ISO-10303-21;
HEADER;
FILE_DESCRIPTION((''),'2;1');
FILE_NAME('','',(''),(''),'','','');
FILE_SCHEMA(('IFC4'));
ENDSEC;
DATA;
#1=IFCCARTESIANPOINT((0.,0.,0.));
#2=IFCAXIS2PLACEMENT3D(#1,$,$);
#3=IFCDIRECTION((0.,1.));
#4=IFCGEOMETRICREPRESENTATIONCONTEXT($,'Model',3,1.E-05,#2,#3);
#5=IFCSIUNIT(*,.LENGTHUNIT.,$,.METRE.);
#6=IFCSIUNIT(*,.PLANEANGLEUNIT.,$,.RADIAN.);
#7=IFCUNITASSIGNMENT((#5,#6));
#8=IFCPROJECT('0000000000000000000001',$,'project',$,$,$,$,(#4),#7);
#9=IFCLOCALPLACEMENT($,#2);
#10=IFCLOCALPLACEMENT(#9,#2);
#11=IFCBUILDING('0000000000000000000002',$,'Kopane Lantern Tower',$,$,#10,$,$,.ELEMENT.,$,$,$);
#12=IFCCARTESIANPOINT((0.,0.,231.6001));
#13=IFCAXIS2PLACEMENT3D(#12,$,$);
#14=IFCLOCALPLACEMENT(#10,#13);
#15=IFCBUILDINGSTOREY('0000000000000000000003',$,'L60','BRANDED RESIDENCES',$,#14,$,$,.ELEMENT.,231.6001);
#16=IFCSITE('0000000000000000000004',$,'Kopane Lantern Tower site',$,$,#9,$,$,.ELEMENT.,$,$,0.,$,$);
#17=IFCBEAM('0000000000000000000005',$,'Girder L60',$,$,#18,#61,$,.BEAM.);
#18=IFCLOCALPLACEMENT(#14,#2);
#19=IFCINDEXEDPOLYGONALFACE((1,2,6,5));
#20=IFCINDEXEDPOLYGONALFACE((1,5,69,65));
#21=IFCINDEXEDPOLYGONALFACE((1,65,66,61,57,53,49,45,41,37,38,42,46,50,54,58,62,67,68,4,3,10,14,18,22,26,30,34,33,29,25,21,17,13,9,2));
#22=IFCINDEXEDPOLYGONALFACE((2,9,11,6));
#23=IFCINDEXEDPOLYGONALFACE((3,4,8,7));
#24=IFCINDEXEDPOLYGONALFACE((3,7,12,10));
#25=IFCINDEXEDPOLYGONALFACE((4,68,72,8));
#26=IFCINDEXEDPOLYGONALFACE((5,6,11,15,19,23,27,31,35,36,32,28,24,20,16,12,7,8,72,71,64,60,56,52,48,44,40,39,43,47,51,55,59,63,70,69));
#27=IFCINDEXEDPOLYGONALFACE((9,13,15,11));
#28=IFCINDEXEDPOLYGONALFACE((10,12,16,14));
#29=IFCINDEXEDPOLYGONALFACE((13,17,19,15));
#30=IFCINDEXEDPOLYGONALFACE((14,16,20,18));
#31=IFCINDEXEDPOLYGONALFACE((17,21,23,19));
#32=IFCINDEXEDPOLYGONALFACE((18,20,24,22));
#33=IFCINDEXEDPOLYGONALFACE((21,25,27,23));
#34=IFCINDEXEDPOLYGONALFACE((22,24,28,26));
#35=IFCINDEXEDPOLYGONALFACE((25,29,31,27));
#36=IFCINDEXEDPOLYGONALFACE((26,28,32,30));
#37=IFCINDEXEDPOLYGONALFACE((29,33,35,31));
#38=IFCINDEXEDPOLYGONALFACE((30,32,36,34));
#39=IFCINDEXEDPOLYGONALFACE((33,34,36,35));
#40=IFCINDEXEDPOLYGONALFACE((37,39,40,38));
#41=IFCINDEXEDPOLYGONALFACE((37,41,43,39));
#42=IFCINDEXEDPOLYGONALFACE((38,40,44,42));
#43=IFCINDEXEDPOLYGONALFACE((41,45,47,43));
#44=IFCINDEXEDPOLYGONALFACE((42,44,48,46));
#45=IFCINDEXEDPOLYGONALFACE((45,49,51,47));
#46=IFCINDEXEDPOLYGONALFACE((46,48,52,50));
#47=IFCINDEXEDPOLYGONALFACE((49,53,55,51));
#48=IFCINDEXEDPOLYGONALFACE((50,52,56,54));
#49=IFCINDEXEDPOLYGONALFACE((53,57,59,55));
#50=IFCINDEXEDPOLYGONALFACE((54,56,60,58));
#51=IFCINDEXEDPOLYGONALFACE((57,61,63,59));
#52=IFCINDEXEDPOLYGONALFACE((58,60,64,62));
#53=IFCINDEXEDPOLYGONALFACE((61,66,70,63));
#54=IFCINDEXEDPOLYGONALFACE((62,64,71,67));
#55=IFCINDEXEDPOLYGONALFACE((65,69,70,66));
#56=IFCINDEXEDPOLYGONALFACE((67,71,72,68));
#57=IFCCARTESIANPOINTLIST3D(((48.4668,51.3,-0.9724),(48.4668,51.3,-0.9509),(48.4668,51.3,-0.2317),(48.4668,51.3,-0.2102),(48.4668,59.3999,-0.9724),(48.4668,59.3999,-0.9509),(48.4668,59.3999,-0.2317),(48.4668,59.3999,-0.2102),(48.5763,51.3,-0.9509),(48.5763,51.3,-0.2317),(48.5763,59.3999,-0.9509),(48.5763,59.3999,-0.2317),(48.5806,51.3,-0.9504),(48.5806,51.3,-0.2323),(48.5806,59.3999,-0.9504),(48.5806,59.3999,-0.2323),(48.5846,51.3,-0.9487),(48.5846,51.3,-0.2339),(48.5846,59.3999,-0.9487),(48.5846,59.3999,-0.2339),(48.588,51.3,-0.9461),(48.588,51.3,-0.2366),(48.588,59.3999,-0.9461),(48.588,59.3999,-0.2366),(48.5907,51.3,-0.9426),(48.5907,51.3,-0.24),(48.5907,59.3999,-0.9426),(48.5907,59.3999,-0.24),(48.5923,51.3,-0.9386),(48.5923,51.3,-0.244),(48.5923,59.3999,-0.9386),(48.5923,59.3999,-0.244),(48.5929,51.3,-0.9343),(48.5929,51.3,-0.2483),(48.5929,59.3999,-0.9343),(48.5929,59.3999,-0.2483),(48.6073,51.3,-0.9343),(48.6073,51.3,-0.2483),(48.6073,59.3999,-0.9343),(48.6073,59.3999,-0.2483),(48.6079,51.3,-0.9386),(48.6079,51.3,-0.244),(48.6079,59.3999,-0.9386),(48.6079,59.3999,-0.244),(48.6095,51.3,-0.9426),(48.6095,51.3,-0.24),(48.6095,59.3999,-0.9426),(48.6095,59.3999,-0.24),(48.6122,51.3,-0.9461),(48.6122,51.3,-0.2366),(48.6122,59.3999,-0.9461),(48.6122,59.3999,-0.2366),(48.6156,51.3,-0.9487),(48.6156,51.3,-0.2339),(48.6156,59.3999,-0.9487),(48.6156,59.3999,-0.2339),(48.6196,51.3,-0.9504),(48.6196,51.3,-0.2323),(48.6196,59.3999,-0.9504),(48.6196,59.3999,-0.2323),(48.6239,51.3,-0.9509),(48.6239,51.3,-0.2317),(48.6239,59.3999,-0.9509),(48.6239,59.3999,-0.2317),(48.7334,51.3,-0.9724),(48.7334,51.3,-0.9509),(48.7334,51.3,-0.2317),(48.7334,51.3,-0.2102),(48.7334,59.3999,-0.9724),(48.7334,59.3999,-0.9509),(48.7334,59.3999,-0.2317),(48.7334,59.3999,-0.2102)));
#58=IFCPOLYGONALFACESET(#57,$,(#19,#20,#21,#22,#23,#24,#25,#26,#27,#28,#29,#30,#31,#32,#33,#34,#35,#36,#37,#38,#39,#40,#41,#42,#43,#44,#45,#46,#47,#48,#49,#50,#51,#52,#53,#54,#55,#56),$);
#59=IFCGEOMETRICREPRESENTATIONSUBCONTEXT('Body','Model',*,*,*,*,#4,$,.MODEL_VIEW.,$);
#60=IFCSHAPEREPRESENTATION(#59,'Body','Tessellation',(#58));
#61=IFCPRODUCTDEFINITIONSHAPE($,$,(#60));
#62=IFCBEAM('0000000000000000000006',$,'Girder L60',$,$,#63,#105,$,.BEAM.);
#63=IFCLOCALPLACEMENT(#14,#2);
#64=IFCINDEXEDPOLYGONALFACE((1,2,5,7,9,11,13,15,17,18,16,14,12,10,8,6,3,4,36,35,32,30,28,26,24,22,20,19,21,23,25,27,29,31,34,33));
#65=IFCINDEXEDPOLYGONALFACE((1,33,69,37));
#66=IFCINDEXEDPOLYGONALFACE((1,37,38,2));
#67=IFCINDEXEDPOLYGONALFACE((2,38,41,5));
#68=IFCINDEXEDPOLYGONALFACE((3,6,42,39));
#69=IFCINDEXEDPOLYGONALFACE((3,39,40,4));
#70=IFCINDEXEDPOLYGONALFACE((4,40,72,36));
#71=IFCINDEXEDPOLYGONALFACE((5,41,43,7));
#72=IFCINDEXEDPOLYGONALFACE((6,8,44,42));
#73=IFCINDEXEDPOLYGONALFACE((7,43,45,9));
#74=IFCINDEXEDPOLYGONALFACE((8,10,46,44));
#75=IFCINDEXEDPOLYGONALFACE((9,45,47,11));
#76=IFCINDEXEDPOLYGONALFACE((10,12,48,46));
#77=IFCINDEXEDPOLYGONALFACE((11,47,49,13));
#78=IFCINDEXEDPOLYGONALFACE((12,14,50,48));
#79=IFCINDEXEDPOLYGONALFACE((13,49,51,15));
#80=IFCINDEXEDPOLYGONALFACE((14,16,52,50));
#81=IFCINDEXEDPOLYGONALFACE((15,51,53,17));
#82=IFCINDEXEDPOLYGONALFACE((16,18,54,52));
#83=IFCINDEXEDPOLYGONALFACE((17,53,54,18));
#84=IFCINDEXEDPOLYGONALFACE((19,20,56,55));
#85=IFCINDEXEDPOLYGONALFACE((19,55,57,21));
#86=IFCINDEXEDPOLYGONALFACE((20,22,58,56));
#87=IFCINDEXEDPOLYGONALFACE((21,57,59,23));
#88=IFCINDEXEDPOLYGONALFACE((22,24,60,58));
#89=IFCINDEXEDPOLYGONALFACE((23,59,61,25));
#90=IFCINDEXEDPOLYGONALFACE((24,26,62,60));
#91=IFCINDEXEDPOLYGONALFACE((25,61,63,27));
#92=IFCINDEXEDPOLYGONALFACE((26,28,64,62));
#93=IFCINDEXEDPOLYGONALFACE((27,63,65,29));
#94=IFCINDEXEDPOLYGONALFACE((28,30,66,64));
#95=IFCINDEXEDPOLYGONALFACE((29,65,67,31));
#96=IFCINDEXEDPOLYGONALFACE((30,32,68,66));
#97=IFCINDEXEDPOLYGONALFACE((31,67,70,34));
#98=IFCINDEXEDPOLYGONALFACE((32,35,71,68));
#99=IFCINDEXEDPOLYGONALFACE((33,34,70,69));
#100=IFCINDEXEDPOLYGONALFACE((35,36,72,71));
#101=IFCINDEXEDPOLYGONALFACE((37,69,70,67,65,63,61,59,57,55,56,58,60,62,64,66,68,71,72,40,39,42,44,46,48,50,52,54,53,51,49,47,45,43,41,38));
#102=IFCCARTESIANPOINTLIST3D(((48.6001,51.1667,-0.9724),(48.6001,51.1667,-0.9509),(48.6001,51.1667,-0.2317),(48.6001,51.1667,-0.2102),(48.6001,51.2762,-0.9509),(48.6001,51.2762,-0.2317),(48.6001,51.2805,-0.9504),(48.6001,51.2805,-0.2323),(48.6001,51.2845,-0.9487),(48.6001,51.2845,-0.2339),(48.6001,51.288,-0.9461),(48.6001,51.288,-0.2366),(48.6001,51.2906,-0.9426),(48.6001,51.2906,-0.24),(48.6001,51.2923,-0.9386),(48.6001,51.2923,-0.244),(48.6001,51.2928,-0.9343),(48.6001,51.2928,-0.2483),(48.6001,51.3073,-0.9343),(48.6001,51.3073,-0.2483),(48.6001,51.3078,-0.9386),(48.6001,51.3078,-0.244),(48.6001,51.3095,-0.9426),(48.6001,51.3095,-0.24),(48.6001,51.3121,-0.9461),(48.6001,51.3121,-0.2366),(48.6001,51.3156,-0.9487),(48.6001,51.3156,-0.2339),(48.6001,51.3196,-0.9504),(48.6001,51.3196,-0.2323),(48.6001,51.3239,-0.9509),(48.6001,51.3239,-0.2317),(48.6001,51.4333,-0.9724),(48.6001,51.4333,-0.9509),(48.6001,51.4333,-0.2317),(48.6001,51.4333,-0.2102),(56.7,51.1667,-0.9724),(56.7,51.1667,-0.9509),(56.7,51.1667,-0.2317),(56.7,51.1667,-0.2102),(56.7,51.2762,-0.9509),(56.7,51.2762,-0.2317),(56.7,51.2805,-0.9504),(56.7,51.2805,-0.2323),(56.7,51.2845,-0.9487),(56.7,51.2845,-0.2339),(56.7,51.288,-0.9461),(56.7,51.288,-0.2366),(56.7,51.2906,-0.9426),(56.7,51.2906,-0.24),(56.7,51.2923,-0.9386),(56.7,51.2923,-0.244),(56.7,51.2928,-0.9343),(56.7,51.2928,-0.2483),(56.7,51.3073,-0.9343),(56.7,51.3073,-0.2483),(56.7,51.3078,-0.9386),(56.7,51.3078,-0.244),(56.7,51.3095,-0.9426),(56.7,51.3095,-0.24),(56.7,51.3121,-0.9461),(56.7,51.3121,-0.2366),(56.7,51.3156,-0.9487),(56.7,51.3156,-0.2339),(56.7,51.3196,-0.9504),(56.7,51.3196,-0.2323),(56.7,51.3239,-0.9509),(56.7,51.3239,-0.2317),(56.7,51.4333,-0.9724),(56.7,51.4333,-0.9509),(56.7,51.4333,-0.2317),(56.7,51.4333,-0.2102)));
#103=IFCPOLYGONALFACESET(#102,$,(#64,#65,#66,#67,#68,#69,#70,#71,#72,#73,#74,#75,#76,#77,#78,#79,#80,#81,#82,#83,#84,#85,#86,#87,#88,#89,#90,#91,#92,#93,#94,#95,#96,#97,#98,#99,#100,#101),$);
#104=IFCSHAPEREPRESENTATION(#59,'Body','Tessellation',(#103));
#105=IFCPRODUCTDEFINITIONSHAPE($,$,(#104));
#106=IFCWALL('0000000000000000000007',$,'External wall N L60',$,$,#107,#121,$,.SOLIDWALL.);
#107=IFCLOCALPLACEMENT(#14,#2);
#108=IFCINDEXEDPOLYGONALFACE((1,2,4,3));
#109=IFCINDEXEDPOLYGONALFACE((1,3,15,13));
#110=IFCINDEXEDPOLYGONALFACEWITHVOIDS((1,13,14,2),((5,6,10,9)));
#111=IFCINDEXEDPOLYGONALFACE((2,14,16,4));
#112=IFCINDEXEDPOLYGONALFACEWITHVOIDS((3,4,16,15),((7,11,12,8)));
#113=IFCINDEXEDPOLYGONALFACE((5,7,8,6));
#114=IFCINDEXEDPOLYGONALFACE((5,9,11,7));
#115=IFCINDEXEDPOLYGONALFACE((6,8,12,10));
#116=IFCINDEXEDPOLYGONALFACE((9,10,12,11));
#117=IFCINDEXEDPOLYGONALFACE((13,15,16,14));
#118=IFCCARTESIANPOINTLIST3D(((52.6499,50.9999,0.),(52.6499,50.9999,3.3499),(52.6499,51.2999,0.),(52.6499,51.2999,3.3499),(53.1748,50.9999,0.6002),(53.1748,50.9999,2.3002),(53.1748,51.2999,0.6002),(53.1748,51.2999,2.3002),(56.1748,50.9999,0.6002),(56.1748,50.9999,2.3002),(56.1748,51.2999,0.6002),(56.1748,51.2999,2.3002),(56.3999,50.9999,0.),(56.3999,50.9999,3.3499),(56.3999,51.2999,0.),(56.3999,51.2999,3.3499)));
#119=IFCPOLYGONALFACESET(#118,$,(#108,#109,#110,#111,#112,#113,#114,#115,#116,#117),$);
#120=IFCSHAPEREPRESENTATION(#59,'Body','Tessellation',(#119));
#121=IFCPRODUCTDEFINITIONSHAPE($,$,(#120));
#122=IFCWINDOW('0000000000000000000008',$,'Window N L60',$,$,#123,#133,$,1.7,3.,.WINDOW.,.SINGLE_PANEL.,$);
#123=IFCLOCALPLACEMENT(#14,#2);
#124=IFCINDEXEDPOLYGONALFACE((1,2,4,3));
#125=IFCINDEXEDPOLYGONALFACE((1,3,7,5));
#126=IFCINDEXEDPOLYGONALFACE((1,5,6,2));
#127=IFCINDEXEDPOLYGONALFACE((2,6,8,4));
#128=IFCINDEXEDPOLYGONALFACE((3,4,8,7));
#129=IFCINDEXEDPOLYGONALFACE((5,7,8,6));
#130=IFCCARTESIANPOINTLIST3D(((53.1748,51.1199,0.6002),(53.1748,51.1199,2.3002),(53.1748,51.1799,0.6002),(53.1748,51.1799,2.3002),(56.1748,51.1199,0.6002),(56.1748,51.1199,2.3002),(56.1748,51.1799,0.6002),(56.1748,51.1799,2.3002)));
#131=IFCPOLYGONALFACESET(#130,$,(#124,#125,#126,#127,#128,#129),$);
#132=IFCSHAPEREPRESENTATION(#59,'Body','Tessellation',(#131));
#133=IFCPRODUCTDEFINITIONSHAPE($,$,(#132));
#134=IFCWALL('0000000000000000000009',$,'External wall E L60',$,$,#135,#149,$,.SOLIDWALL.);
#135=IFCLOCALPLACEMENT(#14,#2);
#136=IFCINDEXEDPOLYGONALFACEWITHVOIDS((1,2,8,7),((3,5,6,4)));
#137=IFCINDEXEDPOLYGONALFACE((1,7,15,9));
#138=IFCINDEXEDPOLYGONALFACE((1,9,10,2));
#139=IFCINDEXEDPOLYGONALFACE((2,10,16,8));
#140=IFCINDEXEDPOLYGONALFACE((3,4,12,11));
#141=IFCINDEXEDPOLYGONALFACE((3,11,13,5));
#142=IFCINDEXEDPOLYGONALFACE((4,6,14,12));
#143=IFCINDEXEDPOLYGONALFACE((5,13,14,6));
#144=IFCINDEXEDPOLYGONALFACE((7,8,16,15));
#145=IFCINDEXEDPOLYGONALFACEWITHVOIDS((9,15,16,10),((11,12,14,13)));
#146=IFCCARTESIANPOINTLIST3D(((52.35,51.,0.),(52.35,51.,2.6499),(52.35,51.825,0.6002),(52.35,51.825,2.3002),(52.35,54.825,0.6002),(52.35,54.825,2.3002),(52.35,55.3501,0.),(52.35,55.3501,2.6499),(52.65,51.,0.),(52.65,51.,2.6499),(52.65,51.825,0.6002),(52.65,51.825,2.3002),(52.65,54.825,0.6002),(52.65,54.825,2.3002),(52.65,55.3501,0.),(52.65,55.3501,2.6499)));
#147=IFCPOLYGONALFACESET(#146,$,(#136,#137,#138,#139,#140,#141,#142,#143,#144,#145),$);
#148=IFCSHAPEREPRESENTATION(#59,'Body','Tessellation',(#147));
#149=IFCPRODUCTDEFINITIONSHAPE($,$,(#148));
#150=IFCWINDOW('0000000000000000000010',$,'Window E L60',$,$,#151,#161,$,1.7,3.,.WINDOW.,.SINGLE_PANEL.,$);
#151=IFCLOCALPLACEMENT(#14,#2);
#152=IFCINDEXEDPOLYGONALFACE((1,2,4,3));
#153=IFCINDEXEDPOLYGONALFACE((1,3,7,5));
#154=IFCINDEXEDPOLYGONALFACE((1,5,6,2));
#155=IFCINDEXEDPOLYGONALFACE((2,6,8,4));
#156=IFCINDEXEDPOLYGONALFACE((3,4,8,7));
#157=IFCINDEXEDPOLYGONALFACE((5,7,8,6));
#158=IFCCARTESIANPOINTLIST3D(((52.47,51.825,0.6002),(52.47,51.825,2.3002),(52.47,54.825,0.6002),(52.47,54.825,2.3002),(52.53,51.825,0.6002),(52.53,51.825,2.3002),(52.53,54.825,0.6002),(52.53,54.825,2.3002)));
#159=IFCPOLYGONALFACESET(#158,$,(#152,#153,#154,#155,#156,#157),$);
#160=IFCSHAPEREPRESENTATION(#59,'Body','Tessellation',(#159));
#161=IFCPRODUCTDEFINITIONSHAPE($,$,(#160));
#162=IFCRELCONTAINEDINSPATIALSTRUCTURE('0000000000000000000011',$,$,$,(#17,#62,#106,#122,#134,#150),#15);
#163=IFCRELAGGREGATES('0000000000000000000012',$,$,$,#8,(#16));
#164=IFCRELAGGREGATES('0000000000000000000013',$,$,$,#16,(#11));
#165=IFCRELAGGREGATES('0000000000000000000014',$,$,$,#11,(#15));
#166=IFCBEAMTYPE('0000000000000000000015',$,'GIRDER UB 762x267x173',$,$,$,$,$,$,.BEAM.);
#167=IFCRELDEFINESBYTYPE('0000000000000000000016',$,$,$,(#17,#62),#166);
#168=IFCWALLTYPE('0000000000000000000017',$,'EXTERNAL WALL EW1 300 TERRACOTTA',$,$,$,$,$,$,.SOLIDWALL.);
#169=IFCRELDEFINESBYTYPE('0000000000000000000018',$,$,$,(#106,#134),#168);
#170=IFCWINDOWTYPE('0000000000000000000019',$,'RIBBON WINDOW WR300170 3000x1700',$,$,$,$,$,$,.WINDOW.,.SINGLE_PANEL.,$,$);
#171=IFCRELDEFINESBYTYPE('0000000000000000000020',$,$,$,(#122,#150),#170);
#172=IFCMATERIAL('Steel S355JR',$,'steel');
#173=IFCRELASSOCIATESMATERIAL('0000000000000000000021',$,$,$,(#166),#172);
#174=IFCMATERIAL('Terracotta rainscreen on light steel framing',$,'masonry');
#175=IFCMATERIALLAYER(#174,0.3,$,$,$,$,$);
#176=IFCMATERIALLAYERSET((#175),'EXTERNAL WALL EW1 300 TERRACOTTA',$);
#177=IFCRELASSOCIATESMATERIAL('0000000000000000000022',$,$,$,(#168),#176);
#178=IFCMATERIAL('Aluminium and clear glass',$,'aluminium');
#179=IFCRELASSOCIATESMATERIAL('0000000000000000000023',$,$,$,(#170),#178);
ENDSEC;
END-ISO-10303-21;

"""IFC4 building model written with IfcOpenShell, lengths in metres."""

from ifc_helpers import new_model, si_unit, direction, frame, frame_2d, origin, origin_2d, place, context, subcontext, project, spatial, rectangle, i_section, extrude, material, layer, layer_set, material_profile, profile_set, type_object, element, fill, save


model = new_model("IFC4")

# Units and contexts
model_context = context("Model", 3, precision=1e-05, world=origin(), true_north=direction((0.0, 1.0)))
body_context = subcontext(model_context, "Body", "Model", "MODEL_VIEW")
ifc_project = project(units=[si_unit("LENGTHUNIT", "METRE"), si_unit("PLANEANGLEUNIT", "RADIAN")], contexts=[model_context])

# Site, building, storey
site_placement = place(None, origin())
site = spatial("IfcSite", under=ifc_project, at=site_placement, Name="Kopane Lantern Tower site", CompositionType="ELEMENT", RefElevation=0.0)
building_placement = place(site_placement, origin())
building = spatial("IfcBuilding", under=site, at=building_placement, Name="Kopane Lantern Tower", CompositionType="ELEMENT")
storey_placement = place(building_placement, frame((0.0, 0.0, 231.6001)))
storey = spatial("IfcBuildingStorey", under=building, at=storey_placement, Name="L60", Description="BRANDED RESIDENCES", CompositionType="ELEMENT", Elevation=231.6001)

# Beams
ifc_material_1 = material(Name="Steel S355JR", Category="steel")
ifc_material_profile_1 = material_profile(ifc_material_1, i_section(OverallWidth=0.2666, OverallDepth=0.7622, WebThickness=0.0144, FlangeThickness=0.0215, FilletRadius=0.0166, at=origin_2d()), Name="UB 762x267x173")
ifc_profile_set_1 = profile_set([ifc_material_profile_1], Name="Steel S355JR")
beam_type_1 = type_object("IfcBeamType", Name="GIRDER UB 762x267x173", PredefinedType="BEAM", material=ifc_profile_set_1)
for number, where, z_axis, x_axis, name in (
    (1, (48.6001, 51.3, -0.5913), (0.0, 1.0, 0.0), (-1.0, 0.0, 0.0), "Girder L60"),
    (2, (48.6001, 51.3, -0.5913), (1.0, 0.0, 0.0), (0.0, 1.0, 0.0), "Girder L60"),
):
    element("IfcBeam", number, at=place(storey_placement, frame(where, z_axis=z_axis, x_axis=x_axis)), inside=storey, type_object=beam_type_1, Name=name, PredefinedType="BEAM", context=body_context, shape_type="SweptSolid", body=[
        extrude(i_section(OverallWidth=0.2666, OverallDepth=0.7622, WebThickness=0.0144, FlangeThickness=0.0215, FilletRadius=0.0166, at=origin_2d()), origin(), (0.0, 0.0, 1.0), 8.0999),
    ])

# Walls, openings, windows
ifc_material_2 = material(Name="Terracotta rainscreen on light steel framing", Category="masonry")
ifc_layer = layer(ifc_material_2, 0.3)
ifc_layer_set = layer_set([ifc_layer], Name="EXTERNAL WALL EW1 300 TERRACOTTA")
wall_type = type_object("IfcWallType", Name="EXTERNAL WALL EW1 300 TERRACOTTA", PredefinedType="SOLIDWALL", material=ifc_layer_set)
wall_1_placement = place(storey_placement, frame((56.3999, 51.1499, 0.0), z_axis=(0.0, 0.0, 1.0), x_axis=(-1.0, 0.0, 0.0)))
wall_1 = element("IfcWall", 3, at=wall_1_placement, inside=storey, type_object=wall_type, Name="External wall N L60", PredefinedType="SOLIDWALL", context=body_context, shape_type="SweptSolid", body=[
    extrude(rectangle(XDim=3.75, YDim=0.3, at=frame_2d((1.875, 0.0))), origin(), (0.0, 0.0, 1.0), 3.3499),
])
opening_1_placement = place(wall_1_placement, frame((0.2251, 0.0, 0.6001)))
opening_1 = element("IfcOpeningElement", 4, at=opening_1_placement, cuts=wall_1, PredefinedType="OPENING", context=body_context, shape_type="SweptSolid", body=[
    extrude(rectangle(XDim=3.0, YDim=1.7, at=frame_2d((1.5, 0.8501))), frame((0.0, 0.1599, 0.0), z_axis=(0.0, -1.0, 0.0), x_axis=(1.0, 0.0, 0.0)), (0.0, 0.0, 1.0), 0.3201),
])
ifc_material_3 = material(Name="Aluminium and clear glass", Category="aluminium")
window_type = type_object("IfcWindowType", Name="RIBBON WINDOW WR300170 3000x1700", PartitioningType="SINGLE_PANEL", PredefinedType="WINDOW", material=ifc_material_3)
window_1_placement = place(opening_1_placement, origin())
window_1 = element("IfcWindow", 5, at=window_1_placement, inside=storey, type_object=window_type, Name="Window N L60", OverallHeight=1.7, OverallWidth=3.0, PartitioningType="SINGLE_PANEL", PredefinedType="WINDOW", context=body_context, shape_type="SweptSolid", body=[
    extrude(rectangle(XDim=3.0, YDim=1.7, at=frame_2d((1.5, 0.8501))), frame((0.0, 0.03, 0.0), z_axis=(0.0, -1.0, 0.0), x_axis=(1.0, 0.0, 0.0)), (0.0, 0.0, 1.0), 0.0601),
])
fill(opening_1, window_1)
wall_2_placement = place(storey_placement, frame((52.5, 51.0, 0.0), z_axis=(0.0, 0.0, 1.0), x_axis=(0.0, 1.0, 0.0)))
wall_2 = element("IfcWall", 6, at=wall_2_placement, inside=storey, type_object=wall_type, Name="External wall E L60", PredefinedType="SOLIDWALL", context=body_context, shape_type="SweptSolid", body=[
    extrude(rectangle(XDim=4.3501, YDim=0.3, at=frame_2d((2.175, 0.0))), origin(), (0.0, 0.0, 1.0), 2.6499),
])
opening_2_placement = place(wall_2_placement, frame((0.825, 0.0, 0.6001)))
opening_2 = element("IfcOpeningElement", 7, at=opening_2_placement, cuts=wall_2, PredefinedType="OPENING", context=body_context, shape_type="SweptSolid", body=[
    extrude(rectangle(XDim=3.0, YDim=1.7, at=frame_2d((1.5, 0.8501))), frame((0.0, 0.1599, 0.0), z_axis=(0.0, -1.0, 0.0), x_axis=(1.0, 0.0, 0.0)), (0.0, 0.0, 1.0), 0.3201),
])
window_2_placement = place(opening_2_placement, origin())
window_2 = element("IfcWindow", 8, at=window_2_placement, inside=storey, type_object=window_type, Name="Window E L60", OverallHeight=1.7, OverallWidth=3.0, PartitioningType="SINGLE_PANEL", PredefinedType="WINDOW", context=body_context, shape_type="SweptSolid", body=[
    extrude(rectangle(XDim=3.0, YDim=1.7, at=frame_2d((1.5, 0.8501))), frame((0.0, 0.03, 0.0), z_axis=(0.0, -1.0, 0.0), x_axis=(1.0, 0.0, 0.0)), (0.0, 0.0, 1.0), 0.0601),
])
fill(opening_2, window_2)

save(model, "model.ifc")
